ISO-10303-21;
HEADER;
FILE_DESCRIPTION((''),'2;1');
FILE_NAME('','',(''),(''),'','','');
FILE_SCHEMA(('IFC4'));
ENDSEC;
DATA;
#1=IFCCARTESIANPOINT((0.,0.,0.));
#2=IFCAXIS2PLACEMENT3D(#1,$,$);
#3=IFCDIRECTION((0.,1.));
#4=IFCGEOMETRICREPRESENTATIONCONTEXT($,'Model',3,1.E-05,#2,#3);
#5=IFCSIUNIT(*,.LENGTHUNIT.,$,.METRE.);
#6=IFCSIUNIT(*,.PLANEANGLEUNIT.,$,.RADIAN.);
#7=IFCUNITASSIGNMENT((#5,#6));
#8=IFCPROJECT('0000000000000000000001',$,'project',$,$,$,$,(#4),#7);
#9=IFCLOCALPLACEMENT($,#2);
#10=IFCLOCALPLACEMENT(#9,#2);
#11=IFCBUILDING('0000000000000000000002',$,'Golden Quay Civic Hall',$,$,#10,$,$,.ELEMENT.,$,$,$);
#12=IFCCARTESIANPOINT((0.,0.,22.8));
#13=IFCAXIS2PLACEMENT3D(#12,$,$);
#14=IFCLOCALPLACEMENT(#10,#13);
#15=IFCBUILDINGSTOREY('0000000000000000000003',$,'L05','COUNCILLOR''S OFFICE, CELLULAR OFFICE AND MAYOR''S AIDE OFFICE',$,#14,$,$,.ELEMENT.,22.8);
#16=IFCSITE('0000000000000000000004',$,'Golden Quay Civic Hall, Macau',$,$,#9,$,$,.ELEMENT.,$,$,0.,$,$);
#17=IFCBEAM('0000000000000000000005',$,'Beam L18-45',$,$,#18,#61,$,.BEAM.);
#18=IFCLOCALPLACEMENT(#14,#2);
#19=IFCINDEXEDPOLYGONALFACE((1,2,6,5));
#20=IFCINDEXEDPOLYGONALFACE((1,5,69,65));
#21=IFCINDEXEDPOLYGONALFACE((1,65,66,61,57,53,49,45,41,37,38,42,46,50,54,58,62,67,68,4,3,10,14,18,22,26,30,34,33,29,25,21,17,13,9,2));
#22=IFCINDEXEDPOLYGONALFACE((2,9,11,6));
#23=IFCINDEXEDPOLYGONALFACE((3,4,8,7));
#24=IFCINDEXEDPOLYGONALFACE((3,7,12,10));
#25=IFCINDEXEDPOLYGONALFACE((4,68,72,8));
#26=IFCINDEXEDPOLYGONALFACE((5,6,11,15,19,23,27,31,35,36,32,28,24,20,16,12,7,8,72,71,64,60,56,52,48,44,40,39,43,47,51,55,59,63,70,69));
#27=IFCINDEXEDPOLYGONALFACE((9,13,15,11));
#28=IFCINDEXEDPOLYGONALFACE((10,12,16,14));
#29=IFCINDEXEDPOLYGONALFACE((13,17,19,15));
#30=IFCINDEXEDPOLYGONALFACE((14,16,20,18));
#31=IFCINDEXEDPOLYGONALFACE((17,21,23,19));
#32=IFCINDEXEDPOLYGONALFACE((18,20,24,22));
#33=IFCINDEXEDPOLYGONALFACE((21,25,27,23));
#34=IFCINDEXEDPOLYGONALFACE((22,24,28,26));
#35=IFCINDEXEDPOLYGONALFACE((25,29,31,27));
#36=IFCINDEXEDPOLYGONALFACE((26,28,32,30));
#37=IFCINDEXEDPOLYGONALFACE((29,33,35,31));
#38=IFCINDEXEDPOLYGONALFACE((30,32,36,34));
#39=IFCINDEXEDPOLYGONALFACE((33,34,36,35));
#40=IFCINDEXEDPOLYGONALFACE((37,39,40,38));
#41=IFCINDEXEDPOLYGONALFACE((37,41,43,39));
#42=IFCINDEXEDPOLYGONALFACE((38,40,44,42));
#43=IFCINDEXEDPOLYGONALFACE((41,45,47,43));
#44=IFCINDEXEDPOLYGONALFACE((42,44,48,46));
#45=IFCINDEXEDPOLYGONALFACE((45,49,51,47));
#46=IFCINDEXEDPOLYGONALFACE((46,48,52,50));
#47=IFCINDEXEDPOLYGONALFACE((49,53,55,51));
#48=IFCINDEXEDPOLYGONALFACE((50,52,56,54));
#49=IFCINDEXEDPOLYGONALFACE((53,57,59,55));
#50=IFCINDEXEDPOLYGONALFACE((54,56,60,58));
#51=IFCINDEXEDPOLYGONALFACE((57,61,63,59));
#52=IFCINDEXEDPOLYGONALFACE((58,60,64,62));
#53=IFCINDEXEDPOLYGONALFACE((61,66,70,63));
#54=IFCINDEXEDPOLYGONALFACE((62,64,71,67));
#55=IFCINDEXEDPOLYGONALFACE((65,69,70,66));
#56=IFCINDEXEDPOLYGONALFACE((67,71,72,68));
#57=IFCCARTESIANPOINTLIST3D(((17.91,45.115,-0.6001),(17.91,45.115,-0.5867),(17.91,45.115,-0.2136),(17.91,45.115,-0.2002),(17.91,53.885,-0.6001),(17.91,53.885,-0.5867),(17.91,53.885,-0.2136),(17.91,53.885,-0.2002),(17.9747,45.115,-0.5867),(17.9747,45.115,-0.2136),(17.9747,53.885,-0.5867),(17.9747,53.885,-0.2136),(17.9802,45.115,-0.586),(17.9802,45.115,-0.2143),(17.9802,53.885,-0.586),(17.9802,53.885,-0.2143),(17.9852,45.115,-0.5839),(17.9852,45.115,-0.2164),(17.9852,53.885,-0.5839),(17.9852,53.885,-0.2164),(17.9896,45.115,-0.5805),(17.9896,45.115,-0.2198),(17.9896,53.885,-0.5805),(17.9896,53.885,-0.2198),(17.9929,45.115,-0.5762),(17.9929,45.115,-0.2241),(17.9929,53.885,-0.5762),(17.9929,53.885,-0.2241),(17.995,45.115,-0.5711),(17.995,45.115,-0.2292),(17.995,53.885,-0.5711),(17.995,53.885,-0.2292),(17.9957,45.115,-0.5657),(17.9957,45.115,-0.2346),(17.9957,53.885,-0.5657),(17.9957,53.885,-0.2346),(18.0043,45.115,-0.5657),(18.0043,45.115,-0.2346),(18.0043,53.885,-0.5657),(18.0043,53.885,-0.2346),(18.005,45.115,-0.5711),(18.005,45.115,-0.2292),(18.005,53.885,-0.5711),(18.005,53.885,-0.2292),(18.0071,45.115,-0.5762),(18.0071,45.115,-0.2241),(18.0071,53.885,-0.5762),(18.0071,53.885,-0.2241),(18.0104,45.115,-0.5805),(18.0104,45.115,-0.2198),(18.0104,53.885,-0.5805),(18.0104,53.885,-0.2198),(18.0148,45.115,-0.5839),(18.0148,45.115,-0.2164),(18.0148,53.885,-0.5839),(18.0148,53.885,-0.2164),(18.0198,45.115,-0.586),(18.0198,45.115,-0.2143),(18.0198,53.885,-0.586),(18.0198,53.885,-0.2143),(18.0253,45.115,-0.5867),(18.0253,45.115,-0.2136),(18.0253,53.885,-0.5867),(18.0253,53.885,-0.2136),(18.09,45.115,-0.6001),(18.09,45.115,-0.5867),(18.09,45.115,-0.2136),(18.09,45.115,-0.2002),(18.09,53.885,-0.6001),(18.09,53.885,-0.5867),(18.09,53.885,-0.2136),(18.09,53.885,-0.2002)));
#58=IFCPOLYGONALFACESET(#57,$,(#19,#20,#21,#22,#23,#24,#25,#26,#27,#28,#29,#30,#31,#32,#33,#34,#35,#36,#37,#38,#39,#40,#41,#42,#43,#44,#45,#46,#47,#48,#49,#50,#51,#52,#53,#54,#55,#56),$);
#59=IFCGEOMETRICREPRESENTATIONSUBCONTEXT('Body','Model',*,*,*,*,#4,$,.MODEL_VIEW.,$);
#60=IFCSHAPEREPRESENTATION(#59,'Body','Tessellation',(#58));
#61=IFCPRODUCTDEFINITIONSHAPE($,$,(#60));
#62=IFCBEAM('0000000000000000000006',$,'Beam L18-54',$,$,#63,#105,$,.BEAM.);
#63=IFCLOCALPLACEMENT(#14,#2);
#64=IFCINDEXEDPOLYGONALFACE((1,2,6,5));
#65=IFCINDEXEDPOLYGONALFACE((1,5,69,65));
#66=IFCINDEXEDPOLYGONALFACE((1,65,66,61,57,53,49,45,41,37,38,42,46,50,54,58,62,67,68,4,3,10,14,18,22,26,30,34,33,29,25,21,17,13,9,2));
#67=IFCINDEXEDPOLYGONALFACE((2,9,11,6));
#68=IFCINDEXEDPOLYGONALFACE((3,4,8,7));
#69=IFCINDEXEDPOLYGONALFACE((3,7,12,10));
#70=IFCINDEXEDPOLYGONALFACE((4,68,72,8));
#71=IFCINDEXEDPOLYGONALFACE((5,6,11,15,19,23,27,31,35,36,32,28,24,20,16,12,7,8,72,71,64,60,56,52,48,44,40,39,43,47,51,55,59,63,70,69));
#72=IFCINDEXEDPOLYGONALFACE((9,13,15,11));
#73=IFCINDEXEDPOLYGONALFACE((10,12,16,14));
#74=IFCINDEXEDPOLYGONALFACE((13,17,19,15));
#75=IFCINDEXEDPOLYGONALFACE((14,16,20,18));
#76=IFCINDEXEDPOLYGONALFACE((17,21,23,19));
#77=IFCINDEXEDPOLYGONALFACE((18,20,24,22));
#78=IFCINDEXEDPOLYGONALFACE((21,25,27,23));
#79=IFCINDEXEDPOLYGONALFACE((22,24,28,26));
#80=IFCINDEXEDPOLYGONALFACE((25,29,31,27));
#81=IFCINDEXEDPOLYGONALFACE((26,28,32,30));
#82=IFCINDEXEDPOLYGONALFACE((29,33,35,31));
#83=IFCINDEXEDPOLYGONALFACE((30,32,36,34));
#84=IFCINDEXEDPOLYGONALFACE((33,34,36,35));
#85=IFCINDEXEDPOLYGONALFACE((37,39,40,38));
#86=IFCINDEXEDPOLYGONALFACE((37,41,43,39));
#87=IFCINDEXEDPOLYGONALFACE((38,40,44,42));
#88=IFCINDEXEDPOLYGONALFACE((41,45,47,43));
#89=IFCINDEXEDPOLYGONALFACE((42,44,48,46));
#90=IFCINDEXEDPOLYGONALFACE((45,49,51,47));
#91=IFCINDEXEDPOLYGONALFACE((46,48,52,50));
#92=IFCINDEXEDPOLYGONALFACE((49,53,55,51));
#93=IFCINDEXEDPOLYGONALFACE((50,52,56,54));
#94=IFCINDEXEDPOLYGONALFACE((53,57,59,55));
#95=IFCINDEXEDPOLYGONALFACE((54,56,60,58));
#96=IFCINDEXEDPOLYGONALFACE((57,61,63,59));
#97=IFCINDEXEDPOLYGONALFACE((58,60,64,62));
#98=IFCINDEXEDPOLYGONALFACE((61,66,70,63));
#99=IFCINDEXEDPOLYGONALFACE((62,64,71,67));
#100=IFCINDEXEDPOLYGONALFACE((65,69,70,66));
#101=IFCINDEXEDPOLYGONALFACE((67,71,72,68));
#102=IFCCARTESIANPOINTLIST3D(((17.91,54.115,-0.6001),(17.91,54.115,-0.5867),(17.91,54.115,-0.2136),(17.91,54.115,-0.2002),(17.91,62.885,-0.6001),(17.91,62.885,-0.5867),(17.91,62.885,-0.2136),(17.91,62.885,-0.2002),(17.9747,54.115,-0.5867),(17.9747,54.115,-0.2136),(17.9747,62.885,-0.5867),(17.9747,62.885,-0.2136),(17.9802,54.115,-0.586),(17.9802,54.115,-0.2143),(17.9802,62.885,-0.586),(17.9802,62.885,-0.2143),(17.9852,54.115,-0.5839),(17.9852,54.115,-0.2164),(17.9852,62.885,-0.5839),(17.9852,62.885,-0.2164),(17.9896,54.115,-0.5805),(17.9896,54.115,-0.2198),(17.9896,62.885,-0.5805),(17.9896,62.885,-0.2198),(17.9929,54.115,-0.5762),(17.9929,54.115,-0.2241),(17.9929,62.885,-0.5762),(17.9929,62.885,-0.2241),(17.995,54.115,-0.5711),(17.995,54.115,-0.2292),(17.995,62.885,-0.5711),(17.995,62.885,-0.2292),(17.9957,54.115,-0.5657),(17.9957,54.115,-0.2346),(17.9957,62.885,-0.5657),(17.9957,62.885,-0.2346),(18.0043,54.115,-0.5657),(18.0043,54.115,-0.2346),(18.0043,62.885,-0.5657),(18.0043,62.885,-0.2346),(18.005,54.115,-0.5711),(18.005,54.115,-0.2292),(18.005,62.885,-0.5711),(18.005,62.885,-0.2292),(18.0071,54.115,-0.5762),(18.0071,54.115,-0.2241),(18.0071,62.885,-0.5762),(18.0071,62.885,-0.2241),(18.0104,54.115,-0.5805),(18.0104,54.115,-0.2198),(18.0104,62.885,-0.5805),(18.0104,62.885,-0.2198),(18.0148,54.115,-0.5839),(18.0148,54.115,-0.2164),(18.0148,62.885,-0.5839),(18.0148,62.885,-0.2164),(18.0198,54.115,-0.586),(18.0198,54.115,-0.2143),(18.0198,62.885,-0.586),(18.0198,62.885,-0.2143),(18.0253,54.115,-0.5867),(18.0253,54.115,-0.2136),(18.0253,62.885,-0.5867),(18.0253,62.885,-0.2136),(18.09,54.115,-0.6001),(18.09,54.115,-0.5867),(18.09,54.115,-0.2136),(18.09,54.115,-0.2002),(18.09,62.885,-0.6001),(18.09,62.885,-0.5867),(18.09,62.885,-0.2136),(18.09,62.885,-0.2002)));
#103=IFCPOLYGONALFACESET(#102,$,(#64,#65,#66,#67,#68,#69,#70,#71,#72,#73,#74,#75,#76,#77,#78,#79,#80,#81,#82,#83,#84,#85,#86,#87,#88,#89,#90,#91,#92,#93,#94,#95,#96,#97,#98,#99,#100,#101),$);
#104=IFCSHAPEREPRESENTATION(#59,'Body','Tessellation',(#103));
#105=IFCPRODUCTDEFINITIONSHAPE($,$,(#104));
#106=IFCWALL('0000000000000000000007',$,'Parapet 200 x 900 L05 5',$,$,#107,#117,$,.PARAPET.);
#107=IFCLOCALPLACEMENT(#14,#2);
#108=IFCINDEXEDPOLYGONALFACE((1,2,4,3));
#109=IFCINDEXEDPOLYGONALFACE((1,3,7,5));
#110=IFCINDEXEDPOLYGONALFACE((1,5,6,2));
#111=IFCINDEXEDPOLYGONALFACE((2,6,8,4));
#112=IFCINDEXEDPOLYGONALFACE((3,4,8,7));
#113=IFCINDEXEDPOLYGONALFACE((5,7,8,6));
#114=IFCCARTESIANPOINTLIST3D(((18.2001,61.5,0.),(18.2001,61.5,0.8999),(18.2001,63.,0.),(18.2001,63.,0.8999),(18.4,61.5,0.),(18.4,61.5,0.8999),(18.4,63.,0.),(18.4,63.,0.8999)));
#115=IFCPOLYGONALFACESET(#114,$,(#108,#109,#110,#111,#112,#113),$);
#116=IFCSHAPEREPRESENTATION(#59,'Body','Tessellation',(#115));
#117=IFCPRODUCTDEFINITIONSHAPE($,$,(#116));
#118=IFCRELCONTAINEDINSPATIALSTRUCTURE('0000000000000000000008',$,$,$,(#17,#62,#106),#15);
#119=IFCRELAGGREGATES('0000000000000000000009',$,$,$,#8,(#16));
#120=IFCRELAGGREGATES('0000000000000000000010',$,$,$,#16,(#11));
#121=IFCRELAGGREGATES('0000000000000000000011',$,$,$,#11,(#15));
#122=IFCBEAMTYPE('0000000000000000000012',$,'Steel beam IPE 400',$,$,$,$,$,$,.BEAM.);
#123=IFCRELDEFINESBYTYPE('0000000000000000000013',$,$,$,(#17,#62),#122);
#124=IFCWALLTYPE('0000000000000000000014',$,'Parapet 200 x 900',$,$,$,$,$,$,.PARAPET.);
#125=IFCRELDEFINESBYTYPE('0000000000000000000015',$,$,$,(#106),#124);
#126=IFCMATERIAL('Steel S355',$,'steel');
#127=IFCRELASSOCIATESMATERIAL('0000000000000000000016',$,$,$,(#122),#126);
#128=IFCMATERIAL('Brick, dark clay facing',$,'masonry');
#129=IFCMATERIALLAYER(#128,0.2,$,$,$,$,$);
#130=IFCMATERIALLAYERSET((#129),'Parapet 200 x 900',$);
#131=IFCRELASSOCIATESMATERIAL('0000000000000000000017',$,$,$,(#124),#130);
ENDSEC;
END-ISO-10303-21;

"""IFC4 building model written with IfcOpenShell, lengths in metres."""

from ifc_helpers import new_model, si_unit, direction, frame, frame_2d, origin, origin_2d, place, context, subcontext, project, spatial, rectangle, i_section, extrude, material, layer, layer_set, material_profile, profile_set, type_object, element, save


model = new_model("IFC4")

# Units and contexts
model_context = context("Model", 3, precision=1e-05, world=origin(), true_north=direction((0.0, 1.0)))
body_context = subcontext(model_context, "Body", "Model", "MODEL_VIEW")
ifc_project = project(units=[si_unit("LENGTHUNIT", "METRE"), si_unit("PLANEANGLEUNIT", "RADIAN")], contexts=[model_context])

# Site, building, storey
site_placement = place(None, origin())
site = spatial("IfcSite", under=ifc_project, at=site_placement, Name="Golden Quay Civic Hall, Macau", CompositionType="ELEMENT", RefElevation=0.0)
building_placement = place(site_placement, origin())
building = spatial("IfcBuilding", under=site, at=building_placement, Name="Golden Quay Civic Hall", CompositionType="ELEMENT")
storey_placement = place(building_placement, frame((0.0, 0.0, 22.8)))
storey = spatial("IfcBuildingStorey", under=building, at=storey_placement, Name="L05", Description="COUNCILLOR'S OFFICE, CELLULAR OFFICE AND MAYOR'S AIDE OFFICE", CompositionType="ELEMENT", Elevation=22.8)

# Beams
ifc_material_1 = material(Name="Steel S355", Category="steel")
ifc_material_profile_1 = material_profile(ifc_material_1, i_section(OverallWidth=0.1799, OverallDepth=0.3999, WebThickness=0.0085, FlangeThickness=0.0134, FilletRadius=0.021, at=origin_2d()), Name="IPE 400")
ifc_profile_set_1 = profile_set([ifc_material_profile_1], Name="Steel S355")
beam_type_1 = type_object("IfcBeamType", Name="Steel beam IPE 400", PredefinedType="BEAM", material=ifc_profile_set_1)
for number, where, z_axis, x_axis, name in (
    (1, (18.0, 45.115, -0.4001), (0.0, 1.0, 0.0), (-1.0, 0.0, 0.0), "Beam L18-45"),
    (2, (18.0, 54.115, -0.4001), (0.0, 1.0, 0.0), (-1.0, 0.0, 0.0), "Beam L18-54"),
):
    element("IfcBeam", number, at=place(storey_placement, frame(where, z_axis=z_axis, x_axis=x_axis)), inside=storey, type_object=beam_type_1, Name=name, PredefinedType="BEAM", context=body_context, shape_type="SweptSolid", body=[
        extrude(i_section(OverallWidth=0.1799, OverallDepth=0.3999, WebThickness=0.0085, FlangeThickness=0.0134, FilletRadius=0.021, at=origin_2d()), origin(), (0.0, 0.0, 1.0), 8.77),
    ])

# Wall
ifc_material_2 = material(Name="Brick, dark clay facing", Category="masonry")
ifc_layer_1 = layer(ifc_material_2, 0.2)
ifc_layer_set_1 = layer_set([ifc_layer_1], Name="Parapet 200 x 900")
wall_type_1 = type_object("IfcWallType", Name="Parapet 200 x 900", PredefinedType="PARAPET", material=ifc_layer_set_1)
wall_1_placement = place(storey_placement, frame((18.3, 61.5, 0.0), z_axis=(0.0, 0.0, 1.0), x_axis=(0.0, 1.0, 0.0)))
element("IfcWall", 3, at=wall_1_placement, inside=storey, type_object=wall_type_1, Name="Parapet 200 x 900 L05 5", PredefinedType="PARAPET", context=body_context, shape_type="SweptSolid", body=[
    extrude(rectangle(XDim=1.5, YDim=0.2, at=frame_2d((0.75, 0.0))), origin(), (0.0, 0.0, 1.0), 0.8999),
])

save(model, "model.ifc")
